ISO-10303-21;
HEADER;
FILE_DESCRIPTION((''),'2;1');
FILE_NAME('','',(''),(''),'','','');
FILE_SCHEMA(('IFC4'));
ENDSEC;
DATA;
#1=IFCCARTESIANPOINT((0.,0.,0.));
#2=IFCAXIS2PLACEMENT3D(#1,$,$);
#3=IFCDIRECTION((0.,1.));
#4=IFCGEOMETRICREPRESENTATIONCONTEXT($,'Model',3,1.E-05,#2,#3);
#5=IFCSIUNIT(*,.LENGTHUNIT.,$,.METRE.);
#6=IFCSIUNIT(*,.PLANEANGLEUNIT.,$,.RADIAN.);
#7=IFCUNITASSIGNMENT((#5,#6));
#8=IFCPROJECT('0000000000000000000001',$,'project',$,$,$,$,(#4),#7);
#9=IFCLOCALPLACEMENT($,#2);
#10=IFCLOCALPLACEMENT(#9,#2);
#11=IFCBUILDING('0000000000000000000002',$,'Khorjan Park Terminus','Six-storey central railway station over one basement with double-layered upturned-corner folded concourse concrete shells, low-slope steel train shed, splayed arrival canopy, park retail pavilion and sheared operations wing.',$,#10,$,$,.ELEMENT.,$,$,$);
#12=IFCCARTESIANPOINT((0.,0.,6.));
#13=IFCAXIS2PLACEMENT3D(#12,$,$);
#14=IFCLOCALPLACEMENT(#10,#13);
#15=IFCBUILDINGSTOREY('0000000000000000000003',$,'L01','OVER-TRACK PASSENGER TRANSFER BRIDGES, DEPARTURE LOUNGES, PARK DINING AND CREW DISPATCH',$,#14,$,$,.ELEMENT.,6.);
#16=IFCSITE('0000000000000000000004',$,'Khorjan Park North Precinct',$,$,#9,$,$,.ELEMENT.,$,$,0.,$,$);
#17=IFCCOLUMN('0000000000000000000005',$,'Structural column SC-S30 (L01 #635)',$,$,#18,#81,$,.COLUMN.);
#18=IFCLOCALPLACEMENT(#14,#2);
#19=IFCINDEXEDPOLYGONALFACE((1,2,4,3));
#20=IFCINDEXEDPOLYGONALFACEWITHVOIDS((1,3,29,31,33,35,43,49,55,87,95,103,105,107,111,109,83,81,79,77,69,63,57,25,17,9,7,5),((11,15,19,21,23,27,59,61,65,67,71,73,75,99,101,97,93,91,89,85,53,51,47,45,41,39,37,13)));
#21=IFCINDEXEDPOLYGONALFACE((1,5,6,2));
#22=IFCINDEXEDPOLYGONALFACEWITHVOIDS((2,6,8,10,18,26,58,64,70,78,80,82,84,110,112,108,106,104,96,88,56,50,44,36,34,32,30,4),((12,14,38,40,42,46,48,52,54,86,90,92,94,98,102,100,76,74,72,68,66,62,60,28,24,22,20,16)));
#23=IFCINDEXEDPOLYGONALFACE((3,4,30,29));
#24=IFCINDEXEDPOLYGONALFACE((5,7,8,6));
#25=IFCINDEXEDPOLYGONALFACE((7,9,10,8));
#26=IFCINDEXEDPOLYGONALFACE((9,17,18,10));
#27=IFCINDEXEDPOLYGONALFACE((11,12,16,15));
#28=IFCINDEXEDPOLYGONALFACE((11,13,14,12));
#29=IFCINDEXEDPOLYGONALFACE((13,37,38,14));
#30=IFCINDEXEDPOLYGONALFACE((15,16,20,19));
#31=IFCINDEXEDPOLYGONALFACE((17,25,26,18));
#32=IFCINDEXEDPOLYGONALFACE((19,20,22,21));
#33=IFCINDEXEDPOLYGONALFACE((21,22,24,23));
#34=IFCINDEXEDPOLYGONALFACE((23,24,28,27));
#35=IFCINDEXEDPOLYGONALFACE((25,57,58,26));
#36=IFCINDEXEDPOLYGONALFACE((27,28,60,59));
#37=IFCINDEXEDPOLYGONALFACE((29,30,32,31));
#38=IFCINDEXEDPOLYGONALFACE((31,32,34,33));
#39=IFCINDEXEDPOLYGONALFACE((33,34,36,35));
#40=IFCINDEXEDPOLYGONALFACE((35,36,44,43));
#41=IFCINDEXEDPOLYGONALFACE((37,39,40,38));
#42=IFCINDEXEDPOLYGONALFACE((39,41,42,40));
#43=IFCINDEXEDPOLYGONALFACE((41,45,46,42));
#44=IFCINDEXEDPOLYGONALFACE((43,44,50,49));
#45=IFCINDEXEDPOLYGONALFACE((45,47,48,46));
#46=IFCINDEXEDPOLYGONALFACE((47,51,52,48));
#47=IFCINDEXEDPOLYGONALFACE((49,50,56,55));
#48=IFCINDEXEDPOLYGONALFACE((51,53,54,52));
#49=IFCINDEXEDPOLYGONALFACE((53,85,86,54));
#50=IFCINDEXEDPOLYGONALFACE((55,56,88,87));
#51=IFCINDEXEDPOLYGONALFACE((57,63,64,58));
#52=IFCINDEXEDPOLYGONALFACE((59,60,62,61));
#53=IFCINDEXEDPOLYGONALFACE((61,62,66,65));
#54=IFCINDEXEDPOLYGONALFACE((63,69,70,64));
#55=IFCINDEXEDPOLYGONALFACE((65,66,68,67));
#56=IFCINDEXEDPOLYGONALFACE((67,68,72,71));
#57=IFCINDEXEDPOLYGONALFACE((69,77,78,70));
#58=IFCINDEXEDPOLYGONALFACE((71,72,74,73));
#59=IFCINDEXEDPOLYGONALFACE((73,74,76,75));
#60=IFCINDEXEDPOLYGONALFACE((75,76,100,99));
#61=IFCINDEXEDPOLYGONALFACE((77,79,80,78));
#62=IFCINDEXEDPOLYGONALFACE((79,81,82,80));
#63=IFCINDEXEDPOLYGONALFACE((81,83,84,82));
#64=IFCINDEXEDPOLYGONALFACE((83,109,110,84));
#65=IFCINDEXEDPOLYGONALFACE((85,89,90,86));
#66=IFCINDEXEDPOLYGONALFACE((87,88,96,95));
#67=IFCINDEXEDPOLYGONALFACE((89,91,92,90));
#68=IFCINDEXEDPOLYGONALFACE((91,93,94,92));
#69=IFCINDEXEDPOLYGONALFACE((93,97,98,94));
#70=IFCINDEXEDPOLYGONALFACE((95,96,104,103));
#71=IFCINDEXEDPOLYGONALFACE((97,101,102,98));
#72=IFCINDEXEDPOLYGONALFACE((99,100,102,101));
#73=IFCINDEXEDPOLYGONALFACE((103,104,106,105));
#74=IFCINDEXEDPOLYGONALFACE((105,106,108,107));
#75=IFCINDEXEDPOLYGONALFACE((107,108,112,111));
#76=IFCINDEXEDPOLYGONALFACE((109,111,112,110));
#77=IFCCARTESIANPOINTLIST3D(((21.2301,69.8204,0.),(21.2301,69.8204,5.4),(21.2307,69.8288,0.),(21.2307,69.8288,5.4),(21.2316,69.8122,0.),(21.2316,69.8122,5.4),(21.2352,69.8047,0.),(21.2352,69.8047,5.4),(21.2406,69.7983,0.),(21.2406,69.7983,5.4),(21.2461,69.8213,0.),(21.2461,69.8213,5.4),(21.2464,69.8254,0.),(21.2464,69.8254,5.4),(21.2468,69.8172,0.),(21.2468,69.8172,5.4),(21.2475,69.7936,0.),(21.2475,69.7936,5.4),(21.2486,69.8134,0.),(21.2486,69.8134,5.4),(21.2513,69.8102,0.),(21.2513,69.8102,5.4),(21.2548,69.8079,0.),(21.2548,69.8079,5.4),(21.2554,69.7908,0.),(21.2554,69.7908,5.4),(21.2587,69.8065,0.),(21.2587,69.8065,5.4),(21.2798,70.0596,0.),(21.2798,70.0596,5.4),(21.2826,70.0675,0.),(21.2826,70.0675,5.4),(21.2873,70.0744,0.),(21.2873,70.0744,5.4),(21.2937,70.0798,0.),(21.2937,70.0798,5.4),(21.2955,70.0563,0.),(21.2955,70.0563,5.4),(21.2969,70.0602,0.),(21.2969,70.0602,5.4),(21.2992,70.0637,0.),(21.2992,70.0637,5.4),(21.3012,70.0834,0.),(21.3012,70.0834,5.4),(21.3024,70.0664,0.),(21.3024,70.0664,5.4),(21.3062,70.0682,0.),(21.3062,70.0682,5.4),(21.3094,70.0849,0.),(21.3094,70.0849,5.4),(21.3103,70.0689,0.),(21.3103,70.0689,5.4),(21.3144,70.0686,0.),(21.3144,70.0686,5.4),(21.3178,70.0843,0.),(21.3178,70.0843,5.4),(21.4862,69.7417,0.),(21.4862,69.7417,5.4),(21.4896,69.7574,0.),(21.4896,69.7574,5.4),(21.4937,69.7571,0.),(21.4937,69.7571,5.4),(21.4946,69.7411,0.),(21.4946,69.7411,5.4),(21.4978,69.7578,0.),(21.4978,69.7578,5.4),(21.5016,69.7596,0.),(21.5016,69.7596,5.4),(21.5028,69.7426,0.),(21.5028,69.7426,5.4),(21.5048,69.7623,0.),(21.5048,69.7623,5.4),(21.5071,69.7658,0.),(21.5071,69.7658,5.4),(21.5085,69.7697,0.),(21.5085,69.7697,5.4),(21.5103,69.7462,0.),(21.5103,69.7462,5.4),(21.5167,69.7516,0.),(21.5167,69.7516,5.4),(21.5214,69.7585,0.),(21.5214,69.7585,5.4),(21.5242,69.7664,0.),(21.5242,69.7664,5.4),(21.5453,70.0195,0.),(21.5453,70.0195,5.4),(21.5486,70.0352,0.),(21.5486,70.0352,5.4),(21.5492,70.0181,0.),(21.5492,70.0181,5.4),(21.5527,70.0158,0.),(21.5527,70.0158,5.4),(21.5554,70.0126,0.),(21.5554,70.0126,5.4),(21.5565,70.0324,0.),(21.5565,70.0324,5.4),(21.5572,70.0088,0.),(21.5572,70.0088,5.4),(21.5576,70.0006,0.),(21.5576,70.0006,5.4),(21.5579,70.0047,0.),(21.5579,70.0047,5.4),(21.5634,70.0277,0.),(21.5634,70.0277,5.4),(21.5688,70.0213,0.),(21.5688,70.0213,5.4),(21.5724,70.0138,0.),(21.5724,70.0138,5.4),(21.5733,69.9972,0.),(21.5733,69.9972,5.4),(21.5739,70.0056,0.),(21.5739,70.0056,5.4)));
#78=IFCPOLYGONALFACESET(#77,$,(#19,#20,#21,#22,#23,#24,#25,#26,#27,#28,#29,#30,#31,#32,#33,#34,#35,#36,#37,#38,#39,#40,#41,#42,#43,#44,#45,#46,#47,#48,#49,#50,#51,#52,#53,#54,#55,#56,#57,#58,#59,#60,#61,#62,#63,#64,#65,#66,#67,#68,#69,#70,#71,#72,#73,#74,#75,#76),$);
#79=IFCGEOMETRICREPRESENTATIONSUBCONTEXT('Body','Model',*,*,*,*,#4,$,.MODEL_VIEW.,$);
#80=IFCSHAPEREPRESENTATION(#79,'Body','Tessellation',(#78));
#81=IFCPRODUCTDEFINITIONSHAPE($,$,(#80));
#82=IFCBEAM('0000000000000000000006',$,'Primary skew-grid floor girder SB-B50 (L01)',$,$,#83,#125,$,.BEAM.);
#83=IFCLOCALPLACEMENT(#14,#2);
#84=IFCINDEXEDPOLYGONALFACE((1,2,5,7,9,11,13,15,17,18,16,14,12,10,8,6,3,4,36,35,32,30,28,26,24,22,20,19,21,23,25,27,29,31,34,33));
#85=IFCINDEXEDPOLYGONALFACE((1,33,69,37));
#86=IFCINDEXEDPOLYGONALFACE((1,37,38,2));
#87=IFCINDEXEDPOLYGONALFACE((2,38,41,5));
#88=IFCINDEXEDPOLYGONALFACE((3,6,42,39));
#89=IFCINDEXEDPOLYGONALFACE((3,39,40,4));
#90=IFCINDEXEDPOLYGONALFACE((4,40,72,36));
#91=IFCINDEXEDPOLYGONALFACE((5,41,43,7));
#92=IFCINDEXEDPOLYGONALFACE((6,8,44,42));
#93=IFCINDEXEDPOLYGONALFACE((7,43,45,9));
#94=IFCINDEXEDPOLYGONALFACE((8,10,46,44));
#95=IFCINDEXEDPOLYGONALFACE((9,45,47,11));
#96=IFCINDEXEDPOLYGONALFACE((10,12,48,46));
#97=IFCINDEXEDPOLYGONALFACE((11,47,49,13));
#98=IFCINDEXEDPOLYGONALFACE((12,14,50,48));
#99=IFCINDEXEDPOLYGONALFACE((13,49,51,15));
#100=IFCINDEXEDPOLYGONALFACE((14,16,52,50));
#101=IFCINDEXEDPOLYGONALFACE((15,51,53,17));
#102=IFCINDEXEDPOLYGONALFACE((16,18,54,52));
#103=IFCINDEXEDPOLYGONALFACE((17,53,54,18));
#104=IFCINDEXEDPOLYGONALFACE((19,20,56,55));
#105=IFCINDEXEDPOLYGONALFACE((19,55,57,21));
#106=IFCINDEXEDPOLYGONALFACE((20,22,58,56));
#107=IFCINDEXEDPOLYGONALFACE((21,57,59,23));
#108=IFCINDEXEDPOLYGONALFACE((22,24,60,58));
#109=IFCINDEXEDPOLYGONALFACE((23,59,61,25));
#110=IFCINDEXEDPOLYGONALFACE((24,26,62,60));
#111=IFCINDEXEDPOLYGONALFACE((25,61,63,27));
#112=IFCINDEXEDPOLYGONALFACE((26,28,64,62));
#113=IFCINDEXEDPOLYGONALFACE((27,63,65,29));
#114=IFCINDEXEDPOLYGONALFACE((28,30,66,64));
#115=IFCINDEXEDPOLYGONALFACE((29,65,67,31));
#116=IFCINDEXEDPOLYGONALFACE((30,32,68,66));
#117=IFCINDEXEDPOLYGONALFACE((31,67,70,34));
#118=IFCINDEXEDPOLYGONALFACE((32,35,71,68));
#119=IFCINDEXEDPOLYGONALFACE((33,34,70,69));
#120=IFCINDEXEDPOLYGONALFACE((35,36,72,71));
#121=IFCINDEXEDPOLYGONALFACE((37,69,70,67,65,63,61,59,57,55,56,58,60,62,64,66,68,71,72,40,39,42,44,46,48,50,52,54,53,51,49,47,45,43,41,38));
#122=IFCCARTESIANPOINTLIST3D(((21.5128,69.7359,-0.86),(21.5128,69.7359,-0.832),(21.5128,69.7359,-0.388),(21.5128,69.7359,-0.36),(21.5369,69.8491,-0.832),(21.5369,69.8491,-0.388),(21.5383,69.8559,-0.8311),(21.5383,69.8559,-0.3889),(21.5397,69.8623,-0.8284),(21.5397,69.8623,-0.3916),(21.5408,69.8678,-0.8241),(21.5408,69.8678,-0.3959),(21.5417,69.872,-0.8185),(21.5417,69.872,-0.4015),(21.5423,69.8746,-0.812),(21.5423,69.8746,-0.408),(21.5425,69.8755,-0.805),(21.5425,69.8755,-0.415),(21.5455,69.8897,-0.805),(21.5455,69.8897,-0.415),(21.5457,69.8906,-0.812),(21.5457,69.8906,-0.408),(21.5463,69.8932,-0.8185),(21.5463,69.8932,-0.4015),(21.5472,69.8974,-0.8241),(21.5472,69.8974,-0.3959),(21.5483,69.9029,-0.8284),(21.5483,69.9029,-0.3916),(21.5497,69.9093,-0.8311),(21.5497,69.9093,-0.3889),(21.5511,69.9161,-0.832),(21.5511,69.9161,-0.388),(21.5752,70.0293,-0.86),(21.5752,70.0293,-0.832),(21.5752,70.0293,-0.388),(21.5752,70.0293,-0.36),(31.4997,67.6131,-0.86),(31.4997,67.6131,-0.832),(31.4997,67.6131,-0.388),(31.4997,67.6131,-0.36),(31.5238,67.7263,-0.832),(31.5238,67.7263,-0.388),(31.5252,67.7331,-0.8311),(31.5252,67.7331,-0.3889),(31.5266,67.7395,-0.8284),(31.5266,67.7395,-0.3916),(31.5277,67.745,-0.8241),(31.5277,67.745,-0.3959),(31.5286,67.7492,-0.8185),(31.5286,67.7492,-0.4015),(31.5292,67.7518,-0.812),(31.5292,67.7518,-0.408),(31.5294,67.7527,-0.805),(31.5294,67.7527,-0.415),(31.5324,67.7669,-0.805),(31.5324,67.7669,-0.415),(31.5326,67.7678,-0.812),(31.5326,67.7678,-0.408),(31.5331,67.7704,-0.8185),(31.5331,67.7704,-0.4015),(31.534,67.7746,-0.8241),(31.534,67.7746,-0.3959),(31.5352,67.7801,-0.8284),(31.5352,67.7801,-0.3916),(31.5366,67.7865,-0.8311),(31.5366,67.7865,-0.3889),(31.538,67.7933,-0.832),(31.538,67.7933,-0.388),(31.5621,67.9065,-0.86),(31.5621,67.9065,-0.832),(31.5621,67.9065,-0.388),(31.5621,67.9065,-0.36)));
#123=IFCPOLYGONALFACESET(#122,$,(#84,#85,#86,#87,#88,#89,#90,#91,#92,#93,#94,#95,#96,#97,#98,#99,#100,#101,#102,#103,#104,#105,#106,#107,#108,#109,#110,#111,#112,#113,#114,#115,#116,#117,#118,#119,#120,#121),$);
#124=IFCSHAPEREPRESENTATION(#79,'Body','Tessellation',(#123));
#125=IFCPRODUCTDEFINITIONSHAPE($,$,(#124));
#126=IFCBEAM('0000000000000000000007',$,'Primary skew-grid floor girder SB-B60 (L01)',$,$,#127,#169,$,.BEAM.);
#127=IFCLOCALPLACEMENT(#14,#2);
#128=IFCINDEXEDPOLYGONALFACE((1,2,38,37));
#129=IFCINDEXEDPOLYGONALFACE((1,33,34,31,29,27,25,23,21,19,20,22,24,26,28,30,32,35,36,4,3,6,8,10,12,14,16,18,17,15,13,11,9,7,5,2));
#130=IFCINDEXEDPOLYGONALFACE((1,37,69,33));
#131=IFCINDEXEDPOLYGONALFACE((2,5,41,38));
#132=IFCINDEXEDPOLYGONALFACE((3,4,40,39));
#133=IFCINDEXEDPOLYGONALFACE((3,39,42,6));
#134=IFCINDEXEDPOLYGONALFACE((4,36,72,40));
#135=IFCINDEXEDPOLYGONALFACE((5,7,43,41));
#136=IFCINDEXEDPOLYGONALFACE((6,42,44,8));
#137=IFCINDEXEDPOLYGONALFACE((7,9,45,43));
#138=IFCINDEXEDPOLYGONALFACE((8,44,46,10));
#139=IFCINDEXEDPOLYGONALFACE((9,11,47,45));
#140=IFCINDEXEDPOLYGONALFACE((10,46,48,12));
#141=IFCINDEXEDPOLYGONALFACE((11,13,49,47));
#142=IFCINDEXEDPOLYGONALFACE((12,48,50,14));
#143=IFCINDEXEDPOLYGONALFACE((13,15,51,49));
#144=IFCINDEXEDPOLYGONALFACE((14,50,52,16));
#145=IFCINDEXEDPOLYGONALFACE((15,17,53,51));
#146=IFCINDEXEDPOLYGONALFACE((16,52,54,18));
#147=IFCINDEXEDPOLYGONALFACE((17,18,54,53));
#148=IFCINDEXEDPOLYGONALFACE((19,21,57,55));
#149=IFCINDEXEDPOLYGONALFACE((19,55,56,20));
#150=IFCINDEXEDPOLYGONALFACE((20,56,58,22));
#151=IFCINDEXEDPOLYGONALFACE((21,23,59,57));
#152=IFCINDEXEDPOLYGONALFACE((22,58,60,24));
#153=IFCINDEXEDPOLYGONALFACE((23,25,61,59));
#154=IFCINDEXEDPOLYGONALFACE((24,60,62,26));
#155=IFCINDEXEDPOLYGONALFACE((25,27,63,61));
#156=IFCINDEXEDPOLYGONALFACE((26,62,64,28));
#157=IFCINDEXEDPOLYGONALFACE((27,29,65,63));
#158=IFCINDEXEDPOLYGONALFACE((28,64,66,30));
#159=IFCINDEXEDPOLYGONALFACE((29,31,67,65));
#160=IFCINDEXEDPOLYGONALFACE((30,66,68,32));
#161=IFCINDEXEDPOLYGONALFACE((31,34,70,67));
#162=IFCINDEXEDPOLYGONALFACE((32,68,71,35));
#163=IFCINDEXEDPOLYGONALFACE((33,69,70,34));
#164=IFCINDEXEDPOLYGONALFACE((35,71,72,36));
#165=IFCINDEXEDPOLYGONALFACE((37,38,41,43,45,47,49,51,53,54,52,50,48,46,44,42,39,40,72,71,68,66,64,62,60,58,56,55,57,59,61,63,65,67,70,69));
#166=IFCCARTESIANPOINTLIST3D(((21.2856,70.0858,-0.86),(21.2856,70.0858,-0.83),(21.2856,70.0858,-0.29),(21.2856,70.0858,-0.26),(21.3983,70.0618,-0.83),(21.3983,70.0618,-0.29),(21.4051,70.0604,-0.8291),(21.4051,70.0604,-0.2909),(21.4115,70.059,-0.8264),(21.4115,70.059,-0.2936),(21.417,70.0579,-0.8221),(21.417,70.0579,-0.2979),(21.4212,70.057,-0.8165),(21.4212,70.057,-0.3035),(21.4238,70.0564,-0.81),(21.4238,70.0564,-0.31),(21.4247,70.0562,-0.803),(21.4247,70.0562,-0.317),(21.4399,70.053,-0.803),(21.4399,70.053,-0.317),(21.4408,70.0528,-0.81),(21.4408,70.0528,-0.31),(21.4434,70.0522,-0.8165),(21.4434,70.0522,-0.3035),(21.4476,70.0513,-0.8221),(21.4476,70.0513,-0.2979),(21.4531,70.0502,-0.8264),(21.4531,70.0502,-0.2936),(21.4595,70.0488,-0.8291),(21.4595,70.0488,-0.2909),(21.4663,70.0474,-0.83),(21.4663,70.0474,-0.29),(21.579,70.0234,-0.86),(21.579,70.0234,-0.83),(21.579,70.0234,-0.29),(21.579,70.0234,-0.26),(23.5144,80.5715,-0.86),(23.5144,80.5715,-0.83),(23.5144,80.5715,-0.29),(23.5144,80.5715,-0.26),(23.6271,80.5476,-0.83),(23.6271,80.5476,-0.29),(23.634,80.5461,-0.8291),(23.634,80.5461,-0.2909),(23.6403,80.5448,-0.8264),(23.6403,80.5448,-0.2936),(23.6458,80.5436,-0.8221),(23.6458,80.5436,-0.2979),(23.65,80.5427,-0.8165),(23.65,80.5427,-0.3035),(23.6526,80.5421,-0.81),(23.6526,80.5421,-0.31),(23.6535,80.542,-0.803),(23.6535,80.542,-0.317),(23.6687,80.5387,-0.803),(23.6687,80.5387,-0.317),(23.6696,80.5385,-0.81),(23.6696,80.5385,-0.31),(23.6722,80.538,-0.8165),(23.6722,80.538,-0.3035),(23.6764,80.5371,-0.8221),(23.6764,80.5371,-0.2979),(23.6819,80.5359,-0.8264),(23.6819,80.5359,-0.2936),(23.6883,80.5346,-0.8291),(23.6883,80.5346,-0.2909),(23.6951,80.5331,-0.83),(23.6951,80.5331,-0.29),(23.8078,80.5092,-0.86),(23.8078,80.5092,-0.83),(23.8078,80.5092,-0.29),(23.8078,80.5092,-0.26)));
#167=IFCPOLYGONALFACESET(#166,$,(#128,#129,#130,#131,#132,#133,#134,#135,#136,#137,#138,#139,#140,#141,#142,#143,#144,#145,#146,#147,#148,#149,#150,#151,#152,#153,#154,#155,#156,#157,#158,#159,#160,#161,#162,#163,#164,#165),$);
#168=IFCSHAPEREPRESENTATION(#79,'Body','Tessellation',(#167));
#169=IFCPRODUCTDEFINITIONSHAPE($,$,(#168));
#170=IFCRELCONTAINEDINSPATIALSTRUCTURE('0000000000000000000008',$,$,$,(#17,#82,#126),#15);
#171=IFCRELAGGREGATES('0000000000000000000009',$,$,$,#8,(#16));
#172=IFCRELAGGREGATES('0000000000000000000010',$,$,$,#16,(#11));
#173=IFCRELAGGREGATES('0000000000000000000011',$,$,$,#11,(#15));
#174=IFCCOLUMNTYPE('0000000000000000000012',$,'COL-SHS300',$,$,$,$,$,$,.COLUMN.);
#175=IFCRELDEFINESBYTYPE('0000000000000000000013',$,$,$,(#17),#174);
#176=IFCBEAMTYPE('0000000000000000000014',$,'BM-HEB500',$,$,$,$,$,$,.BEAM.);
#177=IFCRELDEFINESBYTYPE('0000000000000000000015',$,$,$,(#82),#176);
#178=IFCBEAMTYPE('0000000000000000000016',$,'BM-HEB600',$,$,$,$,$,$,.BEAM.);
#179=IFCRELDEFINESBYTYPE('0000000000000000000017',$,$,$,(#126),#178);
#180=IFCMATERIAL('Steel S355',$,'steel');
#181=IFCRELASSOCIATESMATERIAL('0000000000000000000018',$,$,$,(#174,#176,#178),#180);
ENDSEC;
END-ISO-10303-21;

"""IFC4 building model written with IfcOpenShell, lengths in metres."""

from ifc_helpers import new_model, si_unit, direction, frame, origin, origin_2d, place, context, subcontext, project, spatial, hollow_rectangle, i_section, extrude, material, material_profile, profile_set, type_object, element, save


model = new_model("IFC4")

# Units and contexts
model_context = context("Model", 3, precision=1e-05, world=origin(), true_north=direction((0.0, 1.0)))
body_context = subcontext(model_context, "Body", "Model", "MODEL_VIEW")
ifc_project = project(units=[si_unit("LENGTHUNIT", "METRE"), si_unit("PLANEANGLEUNIT", "RADIAN")], contexts=[model_context])

# Site, building, storey
site_placement = place(None, origin())
site = spatial("IfcSite", under=ifc_project, at=site_placement, Name="Khorjan Park North Precinct", CompositionType="ELEMENT", RefElevation=0.0)
building_placement = place(site_placement, origin())
building = spatial("IfcBuilding", under=site, at=building_placement, Name="Khorjan Park Terminus", Description="Six-storey central railway station over one basement with double-layered upturned-corner folded concourse concrete shells, low-slope steel train shed, splayed arrival canopy, park retail pavilion and sheared operations wing.", CompositionType="ELEMENT")
storey_placement = place(building_placement, frame((0.0, 0.0, 6.0)))
storey = spatial("IfcBuildingStorey", under=building, at=storey_placement, Name="L01", Description="OVER-TRACK PASSENGER TRANSFER BRIDGES, DEPARTURE LOUNGES, PARK DINING AND CREW DISPATCH", CompositionType="ELEMENT", Elevation=6.0)

# Column
ifc_material_1 = material(Name="Steel S355", Category="steel")
ifc_material_profile_1 = material_profile(ifc_material_1, hollow_rectangle(XDim=0.3, YDim=0.3, WallThickness=0.016, InnerFilletRadius=0.016, OuterFilletRadius=0.032, at=origin_2d()), Name="SHS 300x300x16")
ifc_profile_set_1 = profile_set([ifc_material_profile_1], Name="Steel S355")
column_type = type_object("IfcColumnType", Name="COL-SHS300", PredefinedType="COLUMN", material=ifc_profile_set_1)
column_placement = place(storey_placement, frame((21.402, 69.913, 0.0), z_axis=(0.0, 0.0, 1.0), x_axis=(0.978148, -0.207912, 0.0)))
element("IfcColumn", 1, at=column_placement, inside=storey, type_object=column_type, Name="Structural column SC-S30 (L01 #635)", PredefinedType="COLUMN", context=body_context, shape_type="SweptSolid", body=[
    extrude(hollow_rectangle(XDim=0.3, YDim=0.3, WallThickness=0.016, InnerFilletRadius=0.016, OuterFilletRadius=0.032, at=origin_2d()), origin(), (0.0, 0.0, 1.0), 5.4),
])

# Beams
ifc_material_profile_2 = material_profile(ifc_material_1, i_section(OverallWidth=0.3, OverallDepth=0.5, WebThickness=0.0145, FlangeThickness=0.028, FilletRadius=0.027, at=origin_2d()), Name="HEB 500")
ifc_profile_set_2 = profile_set([ifc_material_profile_2], Name="Steel S355")
beam_type_1 = type_object("IfcBeamType", Name="BM-HEB500", PredefinedType="BEAM", material=ifc_profile_set_2)
beam_1_placement = place(storey_placement, frame((21.544, 69.8826, -0.61), z_axis=(0.978147, -0.207913, 0.0), x_axis=(0.207913, 0.978147, 0.0)))
element("IfcBeam", 2, at=beam_1_placement, inside=storey, type_object=beam_type_1, Name="Primary skew-grid floor girder SB-B50 (L01)", PredefinedType="BEAM", context=body_context, shape_type="SweptSolid", body=[
    extrude(i_section(OverallWidth=0.3, OverallDepth=0.5, WebThickness=0.0145, FlangeThickness=0.028, FilletRadius=0.027, at=origin_2d()), origin(), (0.0, 0.0, 1.0), 10.21),
])
ifc_material_profile_3 = material_profile(ifc_material_1, i_section(OverallWidth=0.3, OverallDepth=0.6, WebThickness=0.0155, FlangeThickness=0.03, FilletRadius=0.027, at=origin_2d()), Name="HEB 600")
ifc_profile_set_3 = profile_set([ifc_material_profile_3], Name="Steel S355")
beam_type_2 = type_object("IfcBeamType", Name="BM-HEB600", PredefinedType="BEAM", material=ifc_profile_set_3)
beam_2_placement = place(storey_placement, frame((21.4323, 70.0546, -0.56), z_axis=(0.207911, 0.978148, 0.0), x_axis=(-0.978148, 0.207911, 0.0)))
element("IfcBeam", 3, at=beam_2_placement, inside=storey, type_object=beam_type_2, Name="Primary skew-grid floor girder SB-B60 (L01)", PredefinedType="BEAM", context=body_context, shape_type="SweptSolid", body=[
    extrude(i_section(OverallWidth=0.3, OverallDepth=0.6, WebThickness=0.0155, FlangeThickness=0.03, FilletRadius=0.027, at=origin_2d()), origin(), (0.0, 0.0, 1.0), 10.72),
])

save(model, "model.ifc")
